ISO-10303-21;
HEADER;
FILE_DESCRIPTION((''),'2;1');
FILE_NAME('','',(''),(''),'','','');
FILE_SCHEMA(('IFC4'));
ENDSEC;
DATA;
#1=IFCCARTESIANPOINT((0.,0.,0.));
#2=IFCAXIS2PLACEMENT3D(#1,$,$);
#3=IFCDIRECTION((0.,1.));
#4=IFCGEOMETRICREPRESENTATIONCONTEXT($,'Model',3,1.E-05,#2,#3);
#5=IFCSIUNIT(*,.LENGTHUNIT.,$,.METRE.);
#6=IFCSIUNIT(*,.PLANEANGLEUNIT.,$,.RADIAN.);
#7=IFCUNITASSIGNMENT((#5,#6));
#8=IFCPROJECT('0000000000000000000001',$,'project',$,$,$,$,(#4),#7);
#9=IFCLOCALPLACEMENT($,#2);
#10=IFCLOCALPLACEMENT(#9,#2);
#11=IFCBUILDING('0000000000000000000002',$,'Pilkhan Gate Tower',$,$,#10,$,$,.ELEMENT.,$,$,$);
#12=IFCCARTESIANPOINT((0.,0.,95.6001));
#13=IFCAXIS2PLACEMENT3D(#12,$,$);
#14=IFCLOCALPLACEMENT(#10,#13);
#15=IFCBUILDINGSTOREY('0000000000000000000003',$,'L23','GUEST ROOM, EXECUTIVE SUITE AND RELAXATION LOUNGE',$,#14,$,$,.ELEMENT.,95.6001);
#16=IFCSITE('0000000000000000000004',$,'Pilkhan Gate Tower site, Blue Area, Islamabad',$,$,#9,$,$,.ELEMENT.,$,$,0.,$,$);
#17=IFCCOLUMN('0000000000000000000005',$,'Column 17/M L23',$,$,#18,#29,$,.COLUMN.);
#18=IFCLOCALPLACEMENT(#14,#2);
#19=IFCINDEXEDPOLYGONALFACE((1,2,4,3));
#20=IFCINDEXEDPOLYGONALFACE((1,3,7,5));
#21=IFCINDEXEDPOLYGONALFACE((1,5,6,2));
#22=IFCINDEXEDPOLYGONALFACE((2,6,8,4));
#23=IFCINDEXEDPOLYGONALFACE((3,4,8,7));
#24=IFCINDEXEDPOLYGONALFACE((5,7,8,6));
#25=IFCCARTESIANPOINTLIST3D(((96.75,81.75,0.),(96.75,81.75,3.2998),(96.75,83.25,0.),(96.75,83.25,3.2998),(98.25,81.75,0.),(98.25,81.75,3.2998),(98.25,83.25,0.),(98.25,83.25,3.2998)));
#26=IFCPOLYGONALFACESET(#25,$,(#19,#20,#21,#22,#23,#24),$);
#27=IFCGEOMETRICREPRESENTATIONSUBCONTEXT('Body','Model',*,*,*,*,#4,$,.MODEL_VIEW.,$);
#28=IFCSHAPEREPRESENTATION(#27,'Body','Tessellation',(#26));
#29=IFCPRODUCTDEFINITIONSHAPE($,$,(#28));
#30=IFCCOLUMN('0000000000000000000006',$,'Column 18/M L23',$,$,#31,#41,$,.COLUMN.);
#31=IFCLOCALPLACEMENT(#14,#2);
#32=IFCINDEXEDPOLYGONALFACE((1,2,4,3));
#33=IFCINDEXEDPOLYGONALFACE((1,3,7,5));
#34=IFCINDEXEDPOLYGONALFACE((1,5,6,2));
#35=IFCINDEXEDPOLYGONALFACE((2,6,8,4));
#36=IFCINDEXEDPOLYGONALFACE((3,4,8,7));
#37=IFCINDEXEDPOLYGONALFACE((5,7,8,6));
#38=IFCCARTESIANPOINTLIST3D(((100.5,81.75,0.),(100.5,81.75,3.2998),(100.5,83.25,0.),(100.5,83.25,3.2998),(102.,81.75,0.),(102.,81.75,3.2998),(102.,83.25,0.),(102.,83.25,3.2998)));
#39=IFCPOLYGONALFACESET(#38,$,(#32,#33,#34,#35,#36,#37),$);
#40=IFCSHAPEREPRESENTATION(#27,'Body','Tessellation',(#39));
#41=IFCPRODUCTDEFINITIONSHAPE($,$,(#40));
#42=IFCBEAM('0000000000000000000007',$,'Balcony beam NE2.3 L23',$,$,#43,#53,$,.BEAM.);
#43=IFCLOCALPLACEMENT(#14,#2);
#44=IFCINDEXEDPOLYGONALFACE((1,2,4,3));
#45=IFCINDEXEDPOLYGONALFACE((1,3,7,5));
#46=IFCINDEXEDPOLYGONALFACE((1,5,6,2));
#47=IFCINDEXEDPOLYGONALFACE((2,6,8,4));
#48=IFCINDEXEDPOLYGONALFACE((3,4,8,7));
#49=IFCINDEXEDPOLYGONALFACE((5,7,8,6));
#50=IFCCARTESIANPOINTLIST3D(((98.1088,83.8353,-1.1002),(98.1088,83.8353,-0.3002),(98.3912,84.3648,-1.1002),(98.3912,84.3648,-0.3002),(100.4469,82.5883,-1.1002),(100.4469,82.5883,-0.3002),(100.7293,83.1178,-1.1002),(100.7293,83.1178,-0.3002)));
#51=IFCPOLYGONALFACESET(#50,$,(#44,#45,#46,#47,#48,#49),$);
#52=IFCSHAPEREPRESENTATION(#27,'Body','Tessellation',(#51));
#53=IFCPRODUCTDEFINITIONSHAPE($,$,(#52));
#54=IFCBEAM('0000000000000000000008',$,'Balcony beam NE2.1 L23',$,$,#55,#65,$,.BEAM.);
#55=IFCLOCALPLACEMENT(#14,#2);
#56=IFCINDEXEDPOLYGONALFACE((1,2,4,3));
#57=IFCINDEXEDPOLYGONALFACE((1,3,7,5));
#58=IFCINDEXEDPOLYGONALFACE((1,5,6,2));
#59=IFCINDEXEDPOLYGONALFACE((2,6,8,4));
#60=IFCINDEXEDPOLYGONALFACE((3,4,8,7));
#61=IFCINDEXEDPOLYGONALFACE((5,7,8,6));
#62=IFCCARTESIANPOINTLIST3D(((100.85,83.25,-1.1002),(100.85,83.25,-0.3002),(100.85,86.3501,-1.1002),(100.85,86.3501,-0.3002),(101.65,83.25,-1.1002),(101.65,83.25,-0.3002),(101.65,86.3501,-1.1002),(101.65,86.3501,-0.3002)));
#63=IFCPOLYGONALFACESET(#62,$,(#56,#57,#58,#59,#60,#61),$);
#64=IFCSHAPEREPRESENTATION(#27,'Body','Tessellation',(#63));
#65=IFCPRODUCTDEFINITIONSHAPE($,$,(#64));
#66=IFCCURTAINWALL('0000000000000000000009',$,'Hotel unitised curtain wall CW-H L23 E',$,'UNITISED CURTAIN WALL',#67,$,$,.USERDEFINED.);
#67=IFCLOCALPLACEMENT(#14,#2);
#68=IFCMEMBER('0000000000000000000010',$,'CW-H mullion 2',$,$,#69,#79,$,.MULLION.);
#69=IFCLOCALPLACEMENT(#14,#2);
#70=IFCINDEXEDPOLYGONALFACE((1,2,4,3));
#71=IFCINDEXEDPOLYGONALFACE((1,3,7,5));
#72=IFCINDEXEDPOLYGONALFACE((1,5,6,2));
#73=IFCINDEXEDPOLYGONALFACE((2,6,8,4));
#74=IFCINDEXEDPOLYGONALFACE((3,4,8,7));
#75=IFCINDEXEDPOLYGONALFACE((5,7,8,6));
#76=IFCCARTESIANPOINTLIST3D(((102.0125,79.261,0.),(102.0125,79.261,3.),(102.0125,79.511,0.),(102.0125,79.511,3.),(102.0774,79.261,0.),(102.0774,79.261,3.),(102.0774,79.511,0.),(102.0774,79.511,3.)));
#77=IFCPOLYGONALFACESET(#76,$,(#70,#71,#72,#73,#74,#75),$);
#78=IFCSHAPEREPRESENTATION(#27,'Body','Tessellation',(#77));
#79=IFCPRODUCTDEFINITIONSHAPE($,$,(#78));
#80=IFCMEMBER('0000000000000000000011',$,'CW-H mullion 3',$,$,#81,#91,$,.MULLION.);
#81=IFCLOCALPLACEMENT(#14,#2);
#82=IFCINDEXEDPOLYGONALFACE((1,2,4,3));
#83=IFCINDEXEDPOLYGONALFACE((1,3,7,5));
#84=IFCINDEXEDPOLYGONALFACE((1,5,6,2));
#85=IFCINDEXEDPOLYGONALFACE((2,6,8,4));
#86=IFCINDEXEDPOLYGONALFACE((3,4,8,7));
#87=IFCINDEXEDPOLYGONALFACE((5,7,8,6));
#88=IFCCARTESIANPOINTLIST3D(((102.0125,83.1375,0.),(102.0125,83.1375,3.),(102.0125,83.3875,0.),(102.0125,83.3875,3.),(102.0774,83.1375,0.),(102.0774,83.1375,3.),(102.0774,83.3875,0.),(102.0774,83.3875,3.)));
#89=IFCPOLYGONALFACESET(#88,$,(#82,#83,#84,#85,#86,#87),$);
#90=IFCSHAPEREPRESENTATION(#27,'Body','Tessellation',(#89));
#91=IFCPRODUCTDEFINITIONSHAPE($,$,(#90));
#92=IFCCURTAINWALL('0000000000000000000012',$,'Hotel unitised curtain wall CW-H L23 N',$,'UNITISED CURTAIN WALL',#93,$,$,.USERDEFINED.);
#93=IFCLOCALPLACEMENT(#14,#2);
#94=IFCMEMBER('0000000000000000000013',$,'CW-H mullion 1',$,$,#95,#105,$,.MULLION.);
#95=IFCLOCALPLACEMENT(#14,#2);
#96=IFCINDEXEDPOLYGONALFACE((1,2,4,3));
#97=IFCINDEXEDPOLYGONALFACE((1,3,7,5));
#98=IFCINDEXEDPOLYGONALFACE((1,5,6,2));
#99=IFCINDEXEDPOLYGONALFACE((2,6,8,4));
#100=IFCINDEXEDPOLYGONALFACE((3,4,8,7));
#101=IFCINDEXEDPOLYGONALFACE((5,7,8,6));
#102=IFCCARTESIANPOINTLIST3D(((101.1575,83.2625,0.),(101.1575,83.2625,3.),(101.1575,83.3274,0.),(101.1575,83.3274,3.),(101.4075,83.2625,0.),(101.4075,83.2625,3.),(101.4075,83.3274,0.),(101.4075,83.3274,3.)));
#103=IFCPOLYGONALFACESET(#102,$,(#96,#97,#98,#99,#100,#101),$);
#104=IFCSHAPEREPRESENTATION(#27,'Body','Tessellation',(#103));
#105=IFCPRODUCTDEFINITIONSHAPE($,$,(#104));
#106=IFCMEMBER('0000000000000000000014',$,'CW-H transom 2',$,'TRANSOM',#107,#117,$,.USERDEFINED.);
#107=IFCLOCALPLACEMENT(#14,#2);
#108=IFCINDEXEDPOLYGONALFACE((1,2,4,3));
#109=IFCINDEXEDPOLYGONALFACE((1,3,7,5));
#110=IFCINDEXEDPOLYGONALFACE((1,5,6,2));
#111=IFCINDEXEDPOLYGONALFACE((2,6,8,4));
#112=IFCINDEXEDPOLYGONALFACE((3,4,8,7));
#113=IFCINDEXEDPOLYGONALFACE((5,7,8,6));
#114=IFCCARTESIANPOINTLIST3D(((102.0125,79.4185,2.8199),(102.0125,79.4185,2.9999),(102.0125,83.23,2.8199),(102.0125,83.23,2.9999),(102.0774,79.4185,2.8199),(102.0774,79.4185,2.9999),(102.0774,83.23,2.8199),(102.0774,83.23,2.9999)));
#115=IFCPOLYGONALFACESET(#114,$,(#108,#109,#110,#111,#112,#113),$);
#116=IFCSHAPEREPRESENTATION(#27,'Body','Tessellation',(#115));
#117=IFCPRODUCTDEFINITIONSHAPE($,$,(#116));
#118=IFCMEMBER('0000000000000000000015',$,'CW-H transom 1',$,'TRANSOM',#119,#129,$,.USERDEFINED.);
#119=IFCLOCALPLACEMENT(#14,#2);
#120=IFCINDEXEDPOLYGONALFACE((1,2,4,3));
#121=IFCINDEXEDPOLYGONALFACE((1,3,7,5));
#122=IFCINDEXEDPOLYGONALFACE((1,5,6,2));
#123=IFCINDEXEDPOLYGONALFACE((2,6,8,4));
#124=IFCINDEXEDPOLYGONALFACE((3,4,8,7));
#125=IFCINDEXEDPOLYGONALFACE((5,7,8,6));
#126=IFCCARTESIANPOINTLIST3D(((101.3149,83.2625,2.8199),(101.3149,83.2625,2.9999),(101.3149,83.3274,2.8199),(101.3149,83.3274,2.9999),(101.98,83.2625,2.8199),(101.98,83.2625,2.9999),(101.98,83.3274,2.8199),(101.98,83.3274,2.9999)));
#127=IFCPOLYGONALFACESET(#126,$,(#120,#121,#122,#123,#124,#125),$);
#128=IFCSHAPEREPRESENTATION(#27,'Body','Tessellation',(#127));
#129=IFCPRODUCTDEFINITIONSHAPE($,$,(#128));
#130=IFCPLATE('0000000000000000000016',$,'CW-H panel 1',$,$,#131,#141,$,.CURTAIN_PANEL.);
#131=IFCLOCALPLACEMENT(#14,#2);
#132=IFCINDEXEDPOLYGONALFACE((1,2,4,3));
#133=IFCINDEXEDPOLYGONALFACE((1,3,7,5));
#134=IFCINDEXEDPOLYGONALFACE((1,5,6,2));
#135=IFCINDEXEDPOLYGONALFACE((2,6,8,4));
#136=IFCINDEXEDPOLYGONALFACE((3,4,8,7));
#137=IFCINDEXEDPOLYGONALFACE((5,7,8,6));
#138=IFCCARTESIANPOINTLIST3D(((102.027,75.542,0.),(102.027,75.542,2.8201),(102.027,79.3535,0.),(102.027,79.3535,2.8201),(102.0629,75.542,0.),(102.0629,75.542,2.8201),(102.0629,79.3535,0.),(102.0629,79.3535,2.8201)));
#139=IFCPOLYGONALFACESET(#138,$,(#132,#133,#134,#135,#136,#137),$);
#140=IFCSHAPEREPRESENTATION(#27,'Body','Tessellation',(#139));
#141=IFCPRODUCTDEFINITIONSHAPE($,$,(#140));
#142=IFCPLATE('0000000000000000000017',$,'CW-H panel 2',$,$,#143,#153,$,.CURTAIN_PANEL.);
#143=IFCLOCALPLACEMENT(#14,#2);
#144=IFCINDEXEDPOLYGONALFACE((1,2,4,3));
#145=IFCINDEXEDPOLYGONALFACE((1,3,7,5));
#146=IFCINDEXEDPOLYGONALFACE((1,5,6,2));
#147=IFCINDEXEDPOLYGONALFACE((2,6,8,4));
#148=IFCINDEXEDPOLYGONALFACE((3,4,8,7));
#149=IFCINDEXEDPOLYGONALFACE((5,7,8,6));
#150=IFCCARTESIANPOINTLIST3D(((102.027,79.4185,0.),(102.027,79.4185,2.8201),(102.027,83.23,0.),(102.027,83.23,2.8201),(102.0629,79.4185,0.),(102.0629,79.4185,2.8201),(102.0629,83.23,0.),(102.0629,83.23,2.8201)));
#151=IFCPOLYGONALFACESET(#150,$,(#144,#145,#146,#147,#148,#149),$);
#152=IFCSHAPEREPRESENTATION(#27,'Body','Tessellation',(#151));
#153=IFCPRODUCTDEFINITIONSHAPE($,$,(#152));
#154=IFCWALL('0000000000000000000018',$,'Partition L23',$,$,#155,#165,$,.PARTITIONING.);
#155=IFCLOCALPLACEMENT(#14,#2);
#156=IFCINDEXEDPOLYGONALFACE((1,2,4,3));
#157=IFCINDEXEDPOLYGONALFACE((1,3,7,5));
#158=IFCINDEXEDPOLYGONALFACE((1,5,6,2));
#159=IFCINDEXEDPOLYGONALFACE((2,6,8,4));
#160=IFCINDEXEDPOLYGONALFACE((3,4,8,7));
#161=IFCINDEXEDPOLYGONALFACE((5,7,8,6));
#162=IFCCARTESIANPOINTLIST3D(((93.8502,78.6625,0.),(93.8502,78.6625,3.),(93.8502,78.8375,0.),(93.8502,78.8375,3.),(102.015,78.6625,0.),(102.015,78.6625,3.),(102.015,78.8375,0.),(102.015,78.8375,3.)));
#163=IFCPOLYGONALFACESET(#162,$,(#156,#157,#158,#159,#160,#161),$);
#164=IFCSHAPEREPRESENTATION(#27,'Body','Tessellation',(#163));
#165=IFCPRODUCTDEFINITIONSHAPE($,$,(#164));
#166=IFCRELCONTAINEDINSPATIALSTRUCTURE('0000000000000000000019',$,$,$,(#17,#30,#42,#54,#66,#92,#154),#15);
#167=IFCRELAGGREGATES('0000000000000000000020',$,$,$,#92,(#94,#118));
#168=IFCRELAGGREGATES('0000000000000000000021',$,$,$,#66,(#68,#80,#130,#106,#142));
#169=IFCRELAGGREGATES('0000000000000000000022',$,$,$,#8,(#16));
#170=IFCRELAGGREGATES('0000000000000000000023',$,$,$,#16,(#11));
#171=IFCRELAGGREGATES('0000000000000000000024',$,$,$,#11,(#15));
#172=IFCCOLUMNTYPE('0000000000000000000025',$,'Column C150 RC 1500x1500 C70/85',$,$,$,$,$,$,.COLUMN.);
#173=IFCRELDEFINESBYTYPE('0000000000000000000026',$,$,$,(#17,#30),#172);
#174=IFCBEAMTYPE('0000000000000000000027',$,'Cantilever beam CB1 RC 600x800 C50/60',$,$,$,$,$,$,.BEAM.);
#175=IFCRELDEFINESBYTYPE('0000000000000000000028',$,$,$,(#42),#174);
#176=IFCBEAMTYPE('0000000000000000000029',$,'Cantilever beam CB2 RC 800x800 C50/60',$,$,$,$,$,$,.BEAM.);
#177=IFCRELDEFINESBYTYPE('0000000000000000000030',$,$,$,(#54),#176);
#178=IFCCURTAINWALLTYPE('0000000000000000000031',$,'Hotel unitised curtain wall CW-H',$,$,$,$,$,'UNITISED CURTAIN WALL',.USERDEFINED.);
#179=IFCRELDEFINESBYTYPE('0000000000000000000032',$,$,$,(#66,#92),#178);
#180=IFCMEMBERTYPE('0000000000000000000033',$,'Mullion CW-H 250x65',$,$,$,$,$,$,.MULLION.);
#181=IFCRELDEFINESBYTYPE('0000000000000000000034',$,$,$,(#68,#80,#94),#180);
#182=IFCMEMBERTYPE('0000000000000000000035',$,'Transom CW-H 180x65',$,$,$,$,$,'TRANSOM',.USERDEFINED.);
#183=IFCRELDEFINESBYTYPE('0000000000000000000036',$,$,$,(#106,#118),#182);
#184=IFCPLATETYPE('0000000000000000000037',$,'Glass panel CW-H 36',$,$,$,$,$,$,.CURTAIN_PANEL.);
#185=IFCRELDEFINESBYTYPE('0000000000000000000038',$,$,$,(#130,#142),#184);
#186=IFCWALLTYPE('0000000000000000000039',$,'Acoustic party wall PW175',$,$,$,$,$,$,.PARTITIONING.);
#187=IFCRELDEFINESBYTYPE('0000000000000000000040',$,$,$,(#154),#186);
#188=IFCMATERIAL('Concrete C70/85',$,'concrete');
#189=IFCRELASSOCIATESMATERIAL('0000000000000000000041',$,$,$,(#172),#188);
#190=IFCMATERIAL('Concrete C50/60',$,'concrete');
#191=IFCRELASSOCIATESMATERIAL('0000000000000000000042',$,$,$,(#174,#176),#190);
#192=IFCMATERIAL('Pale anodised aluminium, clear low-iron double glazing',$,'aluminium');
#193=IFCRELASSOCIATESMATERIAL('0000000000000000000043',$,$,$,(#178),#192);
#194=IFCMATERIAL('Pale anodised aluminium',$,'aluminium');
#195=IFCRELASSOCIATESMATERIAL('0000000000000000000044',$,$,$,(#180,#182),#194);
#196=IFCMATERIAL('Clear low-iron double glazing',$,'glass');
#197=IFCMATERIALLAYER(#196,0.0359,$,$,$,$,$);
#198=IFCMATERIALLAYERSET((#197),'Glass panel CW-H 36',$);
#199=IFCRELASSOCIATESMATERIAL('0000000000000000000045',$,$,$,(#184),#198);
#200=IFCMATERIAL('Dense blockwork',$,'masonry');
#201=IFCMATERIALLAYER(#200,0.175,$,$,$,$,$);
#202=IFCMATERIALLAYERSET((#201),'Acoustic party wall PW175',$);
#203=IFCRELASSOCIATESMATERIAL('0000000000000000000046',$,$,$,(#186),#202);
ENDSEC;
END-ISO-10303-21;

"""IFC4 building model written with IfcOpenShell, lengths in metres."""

from ifc_helpers import new_model, si_unit, direction, frame, frame_2d, origin, origin_2d, place, context, subcontext, project, spatial, rectangle, extrude, material, layer, layer_set, material_profile, profile_set, type_object, element, aggregate, save


model = new_model("IFC4")

# Units and contexts
model_context = context("Model", 3, precision=1e-05, world=origin(), true_north=direction((0.0, 1.0)))
body_context = subcontext(model_context, "Body", "Model", "MODEL_VIEW")
ifc_project = project(units=[si_unit("LENGTHUNIT", "METRE"), si_unit("PLANEANGLEUNIT", "RADIAN")], contexts=[model_context])

# Site, building, storey
site_placement = place(None, origin())
site = spatial("IfcSite", under=ifc_project, at=site_placement, Name="Pilkhan Gate Tower site, Blue Area, Islamabad", CompositionType="ELEMENT", RefElevation=0.0)
building_placement = place(site_placement, origin())
building = spatial("IfcBuilding", under=site, at=building_placement, Name="Pilkhan Gate Tower", CompositionType="ELEMENT")
storey_placement = place(building_placement, frame((0.0, 0.0, 95.6001)))
storey = spatial("IfcBuildingStorey", under=building, at=storey_placement, Name="L23", Description="GUEST ROOM, EXECUTIVE SUITE AND RELAXATION LOUNGE", CompositionType="ELEMENT", Elevation=95.6001)

# Columns
ifc_material_1 = material(Name="Concrete C70/85", Category="concrete")
ifc_material_profile_1 = material_profile(ifc_material_1, rectangle(XDim=1.5, YDim=1.5, at=origin_2d()), Name="RC 1500x1500")
ifc_profile_set_1 = profile_set([ifc_material_profile_1], Name="Concrete C70/85")
column_type = type_object("IfcColumnType", Name="Column C150 RC 1500x1500 C70/85", PredefinedType="COLUMN", material=ifc_profile_set_1)
for number, where, z_axis, x_axis, name in (
    (1, (97.5, 82.5, 0.0), (0.0, 0.0, 1.0), (1.0, 0.0, 0.0), "Column 17/M L23"),
    (2, (101.25, 82.5, 0.0), (0.0, 0.0, 1.0), (1.0, 0.0, 0.0), "Column 18/M L23"),
):
    element("IfcColumn", number, at=place(storey_placement, frame(where, z_axis=z_axis, x_axis=x_axis)), inside=storey, type_object=column_type, Name=name, PredefinedType="COLUMN", context=body_context, shape_type="SweptSolid", body=[
        extrude(rectangle(XDim=1.5, YDim=1.5, at=origin_2d()), origin(), (0.0, 0.0, 1.0), 3.2998),
    ])

# Beams
ifc_material_2 = material(Name="Concrete C50/60", Category="concrete")
ifc_material_profile_2 = material_profile(ifc_material_2, rectangle(XDim=0.6001, YDim=0.8, at=origin_2d()), Name="RC 600x800")
ifc_profile_set_2 = profile_set([ifc_material_profile_2], Name="Concrete C50/60")
beam_type_1 = type_object("IfcBeamType", Name="Cantilever beam CB1 RC 600x800 C50/60", PredefinedType="BEAM", material=ifc_profile_set_2)
beam_1_placement = place(storey_placement, frame((100.5881, 82.853, -0.7002), z_axis=(-0.882343, 0.470607, 0.0), x_axis=(-0.470607, -0.882343, 0.0)))
element("IfcBeam", 3, at=beam_1_placement, inside=storey, type_object=beam_type_1, Name="Balcony beam NE2.3 L23", PredefinedType="BEAM", context=body_context, shape_type="SweptSolid", body=[
    extrude(rectangle(XDim=0.6001, YDim=0.8, at=origin_2d()), origin(), (0.0, 0.0, 1.0), 2.6499),
])
ifc_material_profile_3 = material_profile(ifc_material_2, rectangle(XDim=0.8, YDim=0.8, at=origin_2d()), Name="RC 800x800")
ifc_profile_set_3 = profile_set([ifc_material_profile_3], Name="Concrete C50/60")
beam_type_2 = type_object("IfcBeamType", Name="Cantilever beam CB2 RC 800x800 C50/60", PredefinedType="BEAM", material=ifc_profile_set_3)
beam_2_placement = place(storey_placement, frame((101.25, 83.25, -0.7002), z_axis=(0.0, 1.0, 0.0), x_axis=(-1.0, 0.0, 0.0)))
element("IfcBeam", 4, at=beam_2_placement, inside=storey, type_object=beam_type_2, Name="Balcony beam NE2.1 L23", PredefinedType="BEAM", context=body_context, shape_type="SweptSolid", body=[
    extrude(rectangle(XDim=0.8, YDim=0.8, at=origin_2d()), origin(), (0.0, 0.0, 1.0), 3.1001),
])

# Curtain wall, members
ifc_material_3 = material(Name="Pale anodised aluminium, clear low-iron double glazing", Category="aluminium")
curtain_wall_type = type_object("IfcCurtainWallType", Name="Hotel unitised curtain wall CW-H", ElementType="UNITISED CURTAIN WALL", PredefinedType="USERDEFINED", material=ifc_material_3)
curtain_wall_1_placement = place(storey_placement, origin())
curtain_wall_1 = element("IfcCurtainWall", 5, at=curtain_wall_1_placement, inside=storey, type_object=curtain_wall_type, Name="Hotel unitised curtain wall CW-H L23 E", ObjectType="UNITISED CURTAIN WALL", PredefinedType="USERDEFINED")
ifc_material_4 = material(Name="Pale anodised aluminium", Category="aluminium")
ifc_material_profile_4 = material_profile(ifc_material_4, rectangle(XDim=0.0649, YDim=0.25, at=origin_2d()), Name="Mullion 250x65")
ifc_profile_set_4 = profile_set([ifc_material_profile_4], Name="Pale anodised aluminium")
member_type_1 = type_object("IfcMemberType", Name="Mullion CW-H 250x65", PredefinedType="MULLION", material=ifc_profile_set_4)
member_1_placement = place(storey_placement, frame((102.0449, 79.386, 0.0), z_axis=(0.0, 0.0, 1.0), x_axis=(-1.0, 0.0, 0.0)))
member_1 = element("IfcMember", 6, at=member_1_placement, type_object=member_type_1, Name="CW-H mullion 2", PredefinedType="MULLION", context=body_context, shape_type="SweptSolid", body=[
    extrude(rectangle(XDim=0.0649, YDim=0.25, at=origin_2d()), origin(), (0.0, 0.0, 1.0), 3.0),
])
member_2_placement = place(storey_placement, frame((102.0449, 83.2625, 0.0), z_axis=(0.0, 0.0, 1.0), x_axis=(-1.0, 0.0, 0.0)))
member_2 = element("IfcMember", 7, at=member_2_placement, type_object=member_type_1, Name="CW-H mullion 3", PredefinedType="MULLION", context=body_context, shape_type="SweptSolid", body=[
    extrude(rectangle(XDim=0.0649, YDim=0.25, at=origin_2d()), origin(), (0.0, 0.0, 1.0), 3.0),
])

# Curtain wall, member
curtain_wall_2_placement = place(storey_placement, origin())
curtain_wall_2 = element("IfcCurtainWall", 8, at=curtain_wall_2_placement, inside=storey, type_object=curtain_wall_type, Name="Hotel unitised curtain wall CW-H L23 N", ObjectType="UNITISED CURTAIN WALL", PredefinedType="USERDEFINED")
member_3_placement = place(storey_placement, frame((101.2825, 83.2949, 0.0), z_axis=(0.0, 0.0, 1.0), x_axis=(0.0, 1.0, 0.0)))
member_3 = element("IfcMember", 9, at=member_3_placement, type_object=member_type_1, Name="CW-H mullion 1", PredefinedType="MULLION", context=body_context, shape_type="SweptSolid", body=[
    extrude(rectangle(XDim=0.0649, YDim=0.25, at=origin_2d()), origin(), (0.0, 0.0, 1.0), 3.0),
])

# Members
ifc_material_profile_5 = material_profile(ifc_material_4, rectangle(XDim=0.0649, YDim=0.1799, at=origin_2d()), Name="Transom 180x65")
ifc_profile_set_5 = profile_set([ifc_material_profile_5], Name="Pale anodised aluminium")
member_type_2 = type_object("IfcMemberType", Name="Transom CW-H 180x65", ElementType="TRANSOM", PredefinedType="USERDEFINED", material=ifc_profile_set_5)
member_4_placement = place(storey_placement, frame((102.0449, 79.4185, 2.9099), z_axis=(0.0, 1.0, 0.0), x_axis=(-1.0, 0.0, 0.0)))
member_4 = element("IfcMember", 10, at=member_4_placement, type_object=member_type_2, Name="CW-H transom 2", ObjectType="TRANSOM", PredefinedType="USERDEFINED", context=body_context, shape_type="SweptSolid", body=[
    extrude(rectangle(XDim=0.0649, YDim=0.1799, at=origin_2d()), origin(), (0.0, 0.0, 1.0), 3.8115),
])
member_5_placement = place(storey_placement, frame((101.3149, 83.2949, 2.9099), z_axis=(1.0, 0.0, 0.0), x_axis=(0.0, 1.0, 0.0)))
member_5 = element("IfcMember", 11, at=member_5_placement, type_object=member_type_2, Name="CW-H transom 1", ObjectType="TRANSOM", PredefinedType="USERDEFINED", context=body_context, shape_type="SweptSolid", body=[
    extrude(rectangle(XDim=0.0649, YDim=0.1799, at=origin_2d()), origin(), (0.0, 0.0, 1.0), 0.665),
])
aggregate(curtain_wall_2, [member_3, member_5])

# Plates
ifc_material_5 = material(Name="Clear low-iron double glazing", Category="glass")
ifc_layer_1 = layer(ifc_material_5, 0.0359)
ifc_layer_set_1 = layer_set([ifc_layer_1], Name="Glass panel CW-H 36")
plate_type = type_object("IfcPlateType", Name="Glass panel CW-H 36", PredefinedType="CURTAIN_PANEL", material=ifc_layer_set_1)
plate_1_placement = place(storey_placement, frame((102.0449, 77.4478, 0.0), z_axis=(0.0, 0.0, 1.0), x_axis=(0.0, 1.0, 0.0)))
plate_1 = element("IfcPlate", 12, at=plate_1_placement, type_object=plate_type, Name="CW-H panel 1", PredefinedType="CURTAIN_PANEL", context=body_context, shape_type="SweptSolid", body=[
    extrude(rectangle(XDim=3.8115, YDim=0.0359, at=origin_2d()), origin(), (0.0, 0.0, 1.0), 2.8201),
])
plate_2_placement = place(storey_placement, frame((102.0449, 81.3242, 0.0), z_axis=(0.0, 0.0, 1.0), x_axis=(0.0, 1.0, 0.0)))
plate_2 = element("IfcPlate", 13, at=plate_2_placement, type_object=plate_type, Name="CW-H panel 2", PredefinedType="CURTAIN_PANEL", context=body_context, shape_type="SweptSolid", body=[
    extrude(rectangle(XDim=3.8115, YDim=0.0359, at=origin_2d()), origin(), (0.0, 0.0, 1.0), 2.8201),
])
aggregate(curtain_wall_1, [member_1, member_2, plate_1, member_4, plate_2])

# Wall
ifc_material_6 = material(Name="Dense blockwork", Category="masonry")
ifc_layer_2 = layer(ifc_material_6, 0.175)
ifc_layer_set_2 = layer_set([ifc_layer_2], Name="Acoustic party wall PW175")
wall_type_1 = type_object("IfcWallType", Name="Acoustic party wall PW175", PredefinedType="PARTITIONING", material=ifc_layer_set_2)
wall_1_placement = place(storey_placement, frame((93.8501, 78.75, 0.0), z_axis=(0.0, 0.0, 1.0), x_axis=(1.0, 0.0, 0.0)))
element("IfcWall", 14, at=wall_1_placement, inside=storey, type_object=wall_type_1, Name="Partition L23", PredefinedType="PARTITIONING", context=body_context, shape_type="SweptSolid", body=[
    extrude(rectangle(XDim=8.1648, YDim=0.175, at=frame_2d((4.0825, 0.0))), origin(), (0.0, 0.0, 1.0), 3.0),
])

save(model, "model.ifc")
